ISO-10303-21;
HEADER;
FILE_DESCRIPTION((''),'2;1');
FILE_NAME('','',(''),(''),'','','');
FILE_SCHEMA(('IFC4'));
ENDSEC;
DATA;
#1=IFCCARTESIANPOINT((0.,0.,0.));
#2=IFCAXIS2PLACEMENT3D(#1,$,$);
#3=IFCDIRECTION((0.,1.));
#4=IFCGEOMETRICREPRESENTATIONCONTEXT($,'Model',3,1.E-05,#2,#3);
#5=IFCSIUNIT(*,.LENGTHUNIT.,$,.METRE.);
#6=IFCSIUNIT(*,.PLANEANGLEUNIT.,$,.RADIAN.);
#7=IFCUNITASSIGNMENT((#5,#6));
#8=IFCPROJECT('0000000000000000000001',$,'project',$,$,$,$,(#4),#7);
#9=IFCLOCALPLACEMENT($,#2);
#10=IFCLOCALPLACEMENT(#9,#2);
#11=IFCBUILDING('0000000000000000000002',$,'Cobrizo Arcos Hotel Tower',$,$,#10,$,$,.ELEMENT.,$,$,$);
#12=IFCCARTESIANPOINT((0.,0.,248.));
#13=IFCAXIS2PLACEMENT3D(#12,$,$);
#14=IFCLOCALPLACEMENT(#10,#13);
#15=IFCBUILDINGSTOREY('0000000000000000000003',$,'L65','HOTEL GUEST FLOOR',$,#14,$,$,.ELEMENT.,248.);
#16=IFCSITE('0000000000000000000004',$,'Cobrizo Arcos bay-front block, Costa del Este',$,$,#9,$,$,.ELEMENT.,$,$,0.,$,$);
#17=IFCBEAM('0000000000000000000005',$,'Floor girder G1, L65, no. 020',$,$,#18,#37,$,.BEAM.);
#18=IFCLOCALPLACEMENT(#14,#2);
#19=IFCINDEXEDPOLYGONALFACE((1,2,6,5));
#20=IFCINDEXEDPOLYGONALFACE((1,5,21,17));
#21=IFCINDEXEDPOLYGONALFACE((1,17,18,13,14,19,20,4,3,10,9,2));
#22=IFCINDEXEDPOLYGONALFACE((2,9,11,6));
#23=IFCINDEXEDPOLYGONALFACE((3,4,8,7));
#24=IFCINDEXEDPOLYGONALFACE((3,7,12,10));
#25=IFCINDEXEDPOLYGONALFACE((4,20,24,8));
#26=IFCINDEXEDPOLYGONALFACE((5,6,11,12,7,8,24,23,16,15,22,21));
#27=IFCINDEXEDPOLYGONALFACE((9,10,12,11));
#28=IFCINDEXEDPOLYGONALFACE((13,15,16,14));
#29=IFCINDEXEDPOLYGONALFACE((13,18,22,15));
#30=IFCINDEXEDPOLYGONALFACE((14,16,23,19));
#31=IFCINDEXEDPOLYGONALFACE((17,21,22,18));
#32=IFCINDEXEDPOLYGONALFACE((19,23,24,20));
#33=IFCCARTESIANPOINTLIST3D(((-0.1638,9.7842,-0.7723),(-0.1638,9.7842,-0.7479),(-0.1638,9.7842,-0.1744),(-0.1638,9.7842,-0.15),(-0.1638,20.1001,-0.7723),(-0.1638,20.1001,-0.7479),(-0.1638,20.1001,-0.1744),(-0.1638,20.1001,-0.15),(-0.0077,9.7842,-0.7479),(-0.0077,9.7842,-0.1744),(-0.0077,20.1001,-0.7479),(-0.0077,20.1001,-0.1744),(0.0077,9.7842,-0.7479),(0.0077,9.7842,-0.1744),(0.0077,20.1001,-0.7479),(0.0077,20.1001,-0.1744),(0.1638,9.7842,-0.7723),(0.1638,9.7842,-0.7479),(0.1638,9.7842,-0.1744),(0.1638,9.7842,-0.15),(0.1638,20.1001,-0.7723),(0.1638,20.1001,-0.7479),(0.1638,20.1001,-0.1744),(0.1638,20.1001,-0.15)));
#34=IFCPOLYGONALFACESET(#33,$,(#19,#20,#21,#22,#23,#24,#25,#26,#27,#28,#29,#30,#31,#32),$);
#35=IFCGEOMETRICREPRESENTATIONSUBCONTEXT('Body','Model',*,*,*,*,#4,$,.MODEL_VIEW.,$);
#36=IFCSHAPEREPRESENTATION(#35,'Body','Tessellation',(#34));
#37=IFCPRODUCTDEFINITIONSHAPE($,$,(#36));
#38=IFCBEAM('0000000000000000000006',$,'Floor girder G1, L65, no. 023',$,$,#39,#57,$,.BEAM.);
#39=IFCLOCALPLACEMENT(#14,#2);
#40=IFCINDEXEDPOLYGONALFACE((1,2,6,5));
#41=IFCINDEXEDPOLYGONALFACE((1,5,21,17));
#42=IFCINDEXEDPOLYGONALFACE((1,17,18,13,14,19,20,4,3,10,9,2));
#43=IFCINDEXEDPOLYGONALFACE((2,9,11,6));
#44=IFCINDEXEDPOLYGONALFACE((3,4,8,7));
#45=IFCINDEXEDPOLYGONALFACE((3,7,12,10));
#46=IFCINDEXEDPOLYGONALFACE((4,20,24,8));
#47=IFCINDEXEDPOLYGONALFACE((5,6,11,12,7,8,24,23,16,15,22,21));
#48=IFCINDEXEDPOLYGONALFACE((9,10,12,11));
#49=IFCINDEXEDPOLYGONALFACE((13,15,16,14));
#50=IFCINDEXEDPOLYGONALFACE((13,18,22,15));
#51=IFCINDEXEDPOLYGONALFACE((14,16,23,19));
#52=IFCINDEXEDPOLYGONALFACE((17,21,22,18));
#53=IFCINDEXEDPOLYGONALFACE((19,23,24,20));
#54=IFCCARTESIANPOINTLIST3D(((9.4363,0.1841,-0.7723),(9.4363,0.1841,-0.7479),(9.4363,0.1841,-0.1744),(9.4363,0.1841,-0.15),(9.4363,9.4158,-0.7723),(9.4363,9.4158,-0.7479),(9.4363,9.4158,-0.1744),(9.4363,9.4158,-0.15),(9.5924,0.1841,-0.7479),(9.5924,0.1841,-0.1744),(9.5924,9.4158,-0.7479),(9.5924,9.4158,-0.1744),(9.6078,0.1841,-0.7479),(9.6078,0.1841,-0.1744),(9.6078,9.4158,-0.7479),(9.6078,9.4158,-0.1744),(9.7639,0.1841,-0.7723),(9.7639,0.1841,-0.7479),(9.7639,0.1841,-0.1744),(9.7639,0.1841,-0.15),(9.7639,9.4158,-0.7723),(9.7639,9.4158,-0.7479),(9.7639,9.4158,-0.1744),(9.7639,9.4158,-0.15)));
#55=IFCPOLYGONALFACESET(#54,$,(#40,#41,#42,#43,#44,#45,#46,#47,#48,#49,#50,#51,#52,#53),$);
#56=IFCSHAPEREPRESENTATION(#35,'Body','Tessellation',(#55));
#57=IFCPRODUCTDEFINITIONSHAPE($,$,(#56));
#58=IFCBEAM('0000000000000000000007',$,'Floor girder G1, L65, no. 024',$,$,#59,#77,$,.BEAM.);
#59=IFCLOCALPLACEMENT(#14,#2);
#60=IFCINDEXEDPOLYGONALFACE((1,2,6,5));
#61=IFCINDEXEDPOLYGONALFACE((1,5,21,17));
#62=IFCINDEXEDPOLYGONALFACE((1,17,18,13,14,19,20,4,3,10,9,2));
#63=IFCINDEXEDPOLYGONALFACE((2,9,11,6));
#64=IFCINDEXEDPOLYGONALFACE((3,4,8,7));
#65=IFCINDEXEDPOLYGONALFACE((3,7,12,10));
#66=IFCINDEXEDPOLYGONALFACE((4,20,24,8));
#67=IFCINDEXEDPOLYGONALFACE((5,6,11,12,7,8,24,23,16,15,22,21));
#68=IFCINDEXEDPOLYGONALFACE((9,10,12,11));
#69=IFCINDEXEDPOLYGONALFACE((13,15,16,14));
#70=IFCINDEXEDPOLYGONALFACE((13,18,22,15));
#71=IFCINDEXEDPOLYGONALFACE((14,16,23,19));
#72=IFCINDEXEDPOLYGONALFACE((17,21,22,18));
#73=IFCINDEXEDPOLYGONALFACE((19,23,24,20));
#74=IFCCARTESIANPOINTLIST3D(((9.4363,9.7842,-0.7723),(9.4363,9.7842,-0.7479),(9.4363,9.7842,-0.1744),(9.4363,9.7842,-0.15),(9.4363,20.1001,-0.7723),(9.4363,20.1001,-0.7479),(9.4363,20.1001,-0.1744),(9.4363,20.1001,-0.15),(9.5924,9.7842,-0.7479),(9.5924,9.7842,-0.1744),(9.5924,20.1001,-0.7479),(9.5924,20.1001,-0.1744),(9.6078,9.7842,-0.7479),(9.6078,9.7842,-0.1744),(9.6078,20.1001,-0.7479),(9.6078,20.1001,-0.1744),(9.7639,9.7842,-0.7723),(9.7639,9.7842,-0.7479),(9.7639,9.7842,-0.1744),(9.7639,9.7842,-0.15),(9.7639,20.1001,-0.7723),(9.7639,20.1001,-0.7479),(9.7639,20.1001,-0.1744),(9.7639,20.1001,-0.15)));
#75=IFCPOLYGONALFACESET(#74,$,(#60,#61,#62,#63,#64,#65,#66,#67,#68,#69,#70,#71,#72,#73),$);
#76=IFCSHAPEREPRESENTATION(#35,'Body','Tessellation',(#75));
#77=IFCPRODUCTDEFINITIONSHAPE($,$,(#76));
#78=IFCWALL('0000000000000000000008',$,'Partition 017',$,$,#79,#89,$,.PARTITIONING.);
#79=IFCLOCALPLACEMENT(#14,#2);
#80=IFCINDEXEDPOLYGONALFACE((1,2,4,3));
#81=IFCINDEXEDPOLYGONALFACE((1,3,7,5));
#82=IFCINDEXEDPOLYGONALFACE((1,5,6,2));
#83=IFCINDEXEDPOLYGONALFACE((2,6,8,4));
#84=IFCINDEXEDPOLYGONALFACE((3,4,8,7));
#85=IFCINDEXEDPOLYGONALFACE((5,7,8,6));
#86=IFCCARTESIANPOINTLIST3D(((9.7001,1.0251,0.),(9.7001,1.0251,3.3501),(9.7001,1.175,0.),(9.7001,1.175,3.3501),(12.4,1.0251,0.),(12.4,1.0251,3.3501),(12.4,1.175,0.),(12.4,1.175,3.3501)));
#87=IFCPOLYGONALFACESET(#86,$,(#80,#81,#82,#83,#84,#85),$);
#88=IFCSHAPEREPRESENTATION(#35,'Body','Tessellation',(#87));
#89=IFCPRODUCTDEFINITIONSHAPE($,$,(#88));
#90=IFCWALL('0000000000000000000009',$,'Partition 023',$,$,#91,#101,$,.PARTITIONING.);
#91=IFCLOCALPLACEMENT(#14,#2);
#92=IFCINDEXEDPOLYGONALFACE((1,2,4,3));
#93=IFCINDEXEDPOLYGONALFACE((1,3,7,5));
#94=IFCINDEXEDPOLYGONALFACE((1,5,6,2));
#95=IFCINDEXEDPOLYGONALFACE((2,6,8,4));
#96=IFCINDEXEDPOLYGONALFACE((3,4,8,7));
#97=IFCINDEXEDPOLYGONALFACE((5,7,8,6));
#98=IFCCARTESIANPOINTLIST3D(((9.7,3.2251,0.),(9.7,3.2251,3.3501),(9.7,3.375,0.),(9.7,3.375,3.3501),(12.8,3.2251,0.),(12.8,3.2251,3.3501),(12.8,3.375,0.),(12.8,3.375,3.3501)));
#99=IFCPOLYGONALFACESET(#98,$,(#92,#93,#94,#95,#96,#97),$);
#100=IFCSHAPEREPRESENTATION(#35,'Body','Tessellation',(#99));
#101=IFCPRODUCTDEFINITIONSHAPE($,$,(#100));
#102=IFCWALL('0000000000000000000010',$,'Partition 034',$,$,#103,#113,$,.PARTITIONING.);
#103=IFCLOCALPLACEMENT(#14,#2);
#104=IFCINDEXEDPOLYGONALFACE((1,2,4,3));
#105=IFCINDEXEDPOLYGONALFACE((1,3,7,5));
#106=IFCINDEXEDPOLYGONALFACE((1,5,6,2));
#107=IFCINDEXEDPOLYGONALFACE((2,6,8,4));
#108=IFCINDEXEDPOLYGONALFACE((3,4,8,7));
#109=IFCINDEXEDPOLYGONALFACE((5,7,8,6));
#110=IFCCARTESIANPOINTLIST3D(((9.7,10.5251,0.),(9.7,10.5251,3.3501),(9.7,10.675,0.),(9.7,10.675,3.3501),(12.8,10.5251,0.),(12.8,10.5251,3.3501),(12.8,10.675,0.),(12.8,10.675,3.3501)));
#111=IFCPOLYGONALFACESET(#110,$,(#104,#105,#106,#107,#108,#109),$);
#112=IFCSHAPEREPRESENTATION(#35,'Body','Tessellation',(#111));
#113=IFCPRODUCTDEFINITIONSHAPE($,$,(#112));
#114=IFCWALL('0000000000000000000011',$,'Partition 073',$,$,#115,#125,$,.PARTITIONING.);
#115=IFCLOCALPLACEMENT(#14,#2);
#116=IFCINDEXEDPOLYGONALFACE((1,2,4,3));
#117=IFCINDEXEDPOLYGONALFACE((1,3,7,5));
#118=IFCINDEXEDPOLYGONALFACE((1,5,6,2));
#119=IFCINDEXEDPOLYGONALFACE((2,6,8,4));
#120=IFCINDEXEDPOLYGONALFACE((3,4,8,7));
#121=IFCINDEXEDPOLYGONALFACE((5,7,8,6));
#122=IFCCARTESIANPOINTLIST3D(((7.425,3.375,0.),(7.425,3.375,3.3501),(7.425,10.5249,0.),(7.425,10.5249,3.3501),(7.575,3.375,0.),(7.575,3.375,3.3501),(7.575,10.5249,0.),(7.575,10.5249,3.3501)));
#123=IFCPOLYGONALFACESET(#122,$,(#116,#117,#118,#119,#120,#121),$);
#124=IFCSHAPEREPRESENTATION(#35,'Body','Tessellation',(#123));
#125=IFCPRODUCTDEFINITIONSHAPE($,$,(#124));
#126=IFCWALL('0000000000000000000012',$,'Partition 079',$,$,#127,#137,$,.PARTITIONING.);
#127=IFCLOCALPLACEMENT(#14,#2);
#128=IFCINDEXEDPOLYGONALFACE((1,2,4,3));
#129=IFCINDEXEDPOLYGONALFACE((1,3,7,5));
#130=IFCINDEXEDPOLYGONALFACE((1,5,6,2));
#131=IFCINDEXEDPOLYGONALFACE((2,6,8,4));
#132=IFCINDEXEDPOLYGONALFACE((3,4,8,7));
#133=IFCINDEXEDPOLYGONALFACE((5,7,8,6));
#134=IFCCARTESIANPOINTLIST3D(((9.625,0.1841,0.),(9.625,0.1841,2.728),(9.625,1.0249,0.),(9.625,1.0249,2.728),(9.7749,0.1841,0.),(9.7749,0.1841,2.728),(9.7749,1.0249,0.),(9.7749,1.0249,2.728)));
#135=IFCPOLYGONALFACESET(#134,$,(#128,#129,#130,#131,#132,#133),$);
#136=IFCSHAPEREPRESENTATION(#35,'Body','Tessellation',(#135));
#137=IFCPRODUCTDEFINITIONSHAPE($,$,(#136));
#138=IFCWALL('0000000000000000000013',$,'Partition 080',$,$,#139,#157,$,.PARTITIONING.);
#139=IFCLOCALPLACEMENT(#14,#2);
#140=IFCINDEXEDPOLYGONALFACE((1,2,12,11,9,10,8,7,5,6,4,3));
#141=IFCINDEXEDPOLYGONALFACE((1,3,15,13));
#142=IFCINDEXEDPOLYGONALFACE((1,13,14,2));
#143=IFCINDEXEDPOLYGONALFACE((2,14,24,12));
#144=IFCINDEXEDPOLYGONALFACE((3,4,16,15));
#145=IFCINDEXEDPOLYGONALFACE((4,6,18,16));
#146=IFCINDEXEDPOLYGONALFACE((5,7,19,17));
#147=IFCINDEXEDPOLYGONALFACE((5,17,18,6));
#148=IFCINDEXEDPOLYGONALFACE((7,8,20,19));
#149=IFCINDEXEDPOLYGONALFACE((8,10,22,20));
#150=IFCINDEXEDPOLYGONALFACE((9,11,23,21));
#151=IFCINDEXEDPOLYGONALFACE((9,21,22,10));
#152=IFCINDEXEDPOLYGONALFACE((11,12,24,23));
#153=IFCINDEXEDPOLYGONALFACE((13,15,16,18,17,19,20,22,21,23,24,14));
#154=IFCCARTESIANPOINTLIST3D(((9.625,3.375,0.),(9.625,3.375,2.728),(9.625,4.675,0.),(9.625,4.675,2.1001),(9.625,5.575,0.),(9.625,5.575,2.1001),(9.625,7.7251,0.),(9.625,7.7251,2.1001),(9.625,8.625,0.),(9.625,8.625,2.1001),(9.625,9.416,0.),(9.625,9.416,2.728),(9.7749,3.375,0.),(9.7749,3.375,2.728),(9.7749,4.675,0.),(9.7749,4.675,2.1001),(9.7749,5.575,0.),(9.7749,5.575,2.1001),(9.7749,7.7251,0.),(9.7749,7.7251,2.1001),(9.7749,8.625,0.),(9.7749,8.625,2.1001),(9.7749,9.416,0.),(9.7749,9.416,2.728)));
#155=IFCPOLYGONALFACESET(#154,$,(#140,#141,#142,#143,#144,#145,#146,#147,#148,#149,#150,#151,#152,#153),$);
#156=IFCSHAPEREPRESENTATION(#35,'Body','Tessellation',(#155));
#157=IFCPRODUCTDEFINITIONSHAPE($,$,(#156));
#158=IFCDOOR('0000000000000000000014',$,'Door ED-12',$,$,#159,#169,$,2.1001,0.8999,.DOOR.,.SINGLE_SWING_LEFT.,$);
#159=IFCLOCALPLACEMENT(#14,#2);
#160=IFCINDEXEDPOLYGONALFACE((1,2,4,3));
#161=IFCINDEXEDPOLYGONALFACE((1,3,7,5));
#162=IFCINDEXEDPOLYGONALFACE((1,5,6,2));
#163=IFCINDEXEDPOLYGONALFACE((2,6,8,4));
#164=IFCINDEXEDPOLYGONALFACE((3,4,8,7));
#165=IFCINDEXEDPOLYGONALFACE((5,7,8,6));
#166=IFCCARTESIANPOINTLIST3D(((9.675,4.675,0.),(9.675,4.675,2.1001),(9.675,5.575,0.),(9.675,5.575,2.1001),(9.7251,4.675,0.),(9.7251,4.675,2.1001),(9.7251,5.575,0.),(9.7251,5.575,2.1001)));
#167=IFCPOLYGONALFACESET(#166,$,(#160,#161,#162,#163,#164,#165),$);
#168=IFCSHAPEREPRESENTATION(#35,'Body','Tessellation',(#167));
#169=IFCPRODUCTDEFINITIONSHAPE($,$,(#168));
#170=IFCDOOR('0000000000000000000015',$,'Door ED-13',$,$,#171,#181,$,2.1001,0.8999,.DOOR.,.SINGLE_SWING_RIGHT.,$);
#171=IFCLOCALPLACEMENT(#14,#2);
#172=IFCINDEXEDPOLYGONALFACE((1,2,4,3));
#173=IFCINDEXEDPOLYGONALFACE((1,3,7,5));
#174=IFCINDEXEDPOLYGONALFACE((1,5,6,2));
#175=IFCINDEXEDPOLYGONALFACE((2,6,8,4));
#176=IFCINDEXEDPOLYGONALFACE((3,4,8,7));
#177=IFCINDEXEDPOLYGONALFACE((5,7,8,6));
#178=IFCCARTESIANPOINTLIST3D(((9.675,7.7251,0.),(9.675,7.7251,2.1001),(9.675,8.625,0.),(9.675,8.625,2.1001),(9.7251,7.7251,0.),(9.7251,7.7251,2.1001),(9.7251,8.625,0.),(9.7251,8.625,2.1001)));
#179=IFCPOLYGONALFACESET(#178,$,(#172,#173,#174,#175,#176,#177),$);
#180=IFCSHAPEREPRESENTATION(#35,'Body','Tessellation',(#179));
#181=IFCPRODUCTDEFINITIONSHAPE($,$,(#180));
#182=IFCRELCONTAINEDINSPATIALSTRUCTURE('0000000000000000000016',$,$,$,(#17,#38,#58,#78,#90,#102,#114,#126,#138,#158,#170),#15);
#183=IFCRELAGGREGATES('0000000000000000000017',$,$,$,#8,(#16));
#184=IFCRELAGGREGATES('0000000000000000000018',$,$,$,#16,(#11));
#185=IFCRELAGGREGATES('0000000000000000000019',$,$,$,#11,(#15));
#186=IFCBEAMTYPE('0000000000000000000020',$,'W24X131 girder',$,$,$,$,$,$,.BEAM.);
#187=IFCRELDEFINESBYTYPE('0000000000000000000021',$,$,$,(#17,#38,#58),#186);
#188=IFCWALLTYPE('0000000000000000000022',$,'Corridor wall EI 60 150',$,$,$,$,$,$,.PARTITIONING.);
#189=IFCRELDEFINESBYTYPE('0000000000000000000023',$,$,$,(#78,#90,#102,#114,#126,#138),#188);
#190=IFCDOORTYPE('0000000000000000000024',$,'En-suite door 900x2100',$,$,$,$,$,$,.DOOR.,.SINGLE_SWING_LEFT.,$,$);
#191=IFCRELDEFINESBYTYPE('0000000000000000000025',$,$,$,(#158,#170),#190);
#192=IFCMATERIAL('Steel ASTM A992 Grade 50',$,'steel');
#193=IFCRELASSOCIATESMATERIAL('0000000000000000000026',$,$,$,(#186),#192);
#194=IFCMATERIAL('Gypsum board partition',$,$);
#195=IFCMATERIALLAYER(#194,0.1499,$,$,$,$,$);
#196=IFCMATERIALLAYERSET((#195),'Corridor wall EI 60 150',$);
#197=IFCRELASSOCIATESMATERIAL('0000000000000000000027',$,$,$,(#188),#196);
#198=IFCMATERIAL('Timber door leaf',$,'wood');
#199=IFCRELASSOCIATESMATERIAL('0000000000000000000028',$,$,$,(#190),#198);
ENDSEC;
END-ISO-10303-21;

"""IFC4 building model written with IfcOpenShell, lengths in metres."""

from ifc_helpers import new_model, si_unit, direction, frame, frame_2d, origin, origin_2d, place, context, subcontext, project, spatial, rectangle, i_section, extrude, material, layer, layer_set, material_profile, profile_set, type_object, element, fill, save


model = new_model("IFC4")

# Units and contexts
model_context = context("Model", 3, precision=1e-05, world=origin(), true_north=direction((0.0, 1.0)))
body_context = subcontext(model_context, "Body", "Model", "MODEL_VIEW")
ifc_project = project(units=[si_unit("LENGTHUNIT", "METRE"), si_unit("PLANEANGLEUNIT", "RADIAN")], contexts=[model_context])

# Site, building, storey
site_placement = place(None, origin())
site = spatial("IfcSite", under=ifc_project, at=site_placement, Name="Cobrizo Arcos bay-front block, Costa del Este", CompositionType="ELEMENT", RefElevation=0.0)
building_placement = place(site_placement, origin())
building = spatial("IfcBuilding", under=site, at=building_placement, Name="Cobrizo Arcos Hotel Tower", CompositionType="ELEMENT")
storey_placement = place(building_placement, frame((0.0, 0.0, 248.0)))
storey = spatial("IfcBuildingStorey", under=building, at=storey_placement, Name="L65", Description="HOTEL GUEST FLOOR", CompositionType="ELEMENT", Elevation=248.0)

# Shared definitions
ifc_material_1 = material(Name="Steel ASTM A992 Grade 50", Category="steel")

# Beams
ifc_material_profile_1 = material_profile(ifc_material_1, i_section(OverallWidth=0.3276, OverallDepth=0.6223, WebThickness=0.0154, FlangeThickness=0.0244, at=origin_2d()), Name="W24X131")
ifc_profile_set_1 = profile_set([ifc_material_profile_1], Name="Steel ASTM A992 Grade 50")
beam_type_1 = type_object("IfcBeamType", Name="W24X131 girder", PredefinedType="BEAM", material=ifc_profile_set_1)
beam_1_placement = place(storey_placement, frame((0.0, 9.7842, -0.4612), z_axis=(0.0, 1.0, 0.0), x_axis=(-1.0, 0.0, 0.0)))
element("IfcBeam", 1, at=beam_1_placement, inside=storey, type_object=beam_type_1, Name="Floor girder G1, L65, no. 020", PredefinedType="BEAM", context=body_context, shape_type="SweptSolid", body=[
    extrude(i_section(OverallWidth=0.3276, OverallDepth=0.6223, WebThickness=0.0154, FlangeThickness=0.0244, at=origin_2d()), origin(), (0.0, 0.0, 1.0), 10.3159),
])
beam_2_placement = place(storey_placement, frame((9.6001, 0.1841, -0.4612), z_axis=(0.0, 1.0, 0.0), x_axis=(-1.0, 0.0, 0.0)))
element("IfcBeam", 2, at=beam_2_placement, inside=storey, type_object=beam_type_1, Name="Floor girder G1, L65, no. 023", PredefinedType="BEAM", context=body_context, shape_type="SweptSolid", body=[
    extrude(i_section(OverallWidth=0.3276, OverallDepth=0.6223, WebThickness=0.0154, FlangeThickness=0.0244, at=origin_2d()), origin(), (0.0, 0.0, 1.0), 9.2317),
])
beam_3_placement = place(storey_placement, frame((9.6001, 9.7842, -0.4612), z_axis=(0.0, 1.0, 0.0), x_axis=(-1.0, 0.0, 0.0)))
element("IfcBeam", 3, at=beam_3_placement, inside=storey, type_object=beam_type_1, Name="Floor girder G1, L65, no. 024", PredefinedType="BEAM", context=body_context, shape_type="SweptSolid", body=[
    extrude(i_section(OverallWidth=0.3276, OverallDepth=0.6223, WebThickness=0.0154, FlangeThickness=0.0244, at=origin_2d()), origin(), (0.0, 0.0, 1.0), 10.3159),
])

# Walls
ifc_material_2 = material(Name="Gypsum board partition")
ifc_layer_1 = layer(ifc_material_2, 0.1499)
ifc_layer_set_1 = layer_set([ifc_layer_1], Name="Corridor wall EI 60 150")
wall_type_1 = type_object("IfcWallType", Name="Corridor wall EI 60 150", PredefinedType="PARTITIONING", material=ifc_layer_set_1)
wall_1_placement = place(storey_placement, frame((9.7, 1.1001, 0.0), z_axis=(0.0, 0.0, 1.0), x_axis=(1.0, 0.0, 0.0)))
element("IfcWall", 4, at=wall_1_placement, inside=storey, type_object=wall_type_1, Name="Partition 017", PredefinedType="PARTITIONING", context=body_context, shape_type="SweptSolid", body=[
    extrude(rectangle(XDim=2.7, YDim=0.1499, at=frame_2d((1.3501, 0.0))), origin(), (0.0, 0.0, 1.0), 3.3501),
])
for number, where, z_axis, x_axis, name in (
    (5, (9.7, 3.3, 0.0), (0.0, 0.0, 1.0), (1.0, 0.0, 0.0), "Partition 023"),
    (6, (9.7, 10.6001, 0.0), (0.0, 0.0, 1.0), (1.0, 0.0, 0.0), "Partition 034"),
):
    element("IfcWall", number, at=place(storey_placement, frame(where, z_axis=z_axis, x_axis=x_axis)), inside=storey, type_object=wall_type_1, Name=name, PredefinedType="PARTITIONING", context=body_context, shape_type="SweptSolid", body=[
        extrude(rectangle(XDim=3.1001, YDim=0.1499, at=frame_2d((1.55, 0.0))), origin(), (0.0, 0.0, 1.0), 3.3501),
    ])
wall_2_placement = place(storey_placement, frame((7.5, 3.375, 0.0), z_axis=(0.0, 0.0, 1.0), x_axis=(0.0, 1.0, 0.0)))
element("IfcWall", 7, at=wall_2_placement, inside=storey, type_object=wall_type_1, Name="Partition 073", PredefinedType="PARTITIONING", context=body_context, shape_type="SweptSolid", body=[
    extrude(rectangle(XDim=7.1499, YDim=0.1499, at=frame_2d((3.575, 0.0))), origin(), (0.0, 0.0, 1.0), 3.3501),
])
wall_3_placement = place(storey_placement, frame((9.7, 0.1841, 0.0), z_axis=(0.0, 0.0, 1.0), x_axis=(0.0, 1.0, 0.0)))
element("IfcWall", 8, at=wall_3_placement, inside=storey, type_object=wall_type_1, Name="Partition 079", PredefinedType="PARTITIONING", context=body_context, shape_type="SweptSolid", body=[
    extrude(rectangle(XDim=0.8408, YDim=0.1499, at=frame_2d((0.4204, 0.0))), origin(), (0.0, 0.0, 1.0), 2.728),
])

# Wall, openings, doors
wall_4_placement = place(storey_placement, frame((9.7, 3.375, 0.0), z_axis=(0.0, 0.0, 1.0), x_axis=(0.0, 1.0, 0.0)))
wall_4 = element("IfcWall", 9, at=wall_4_placement, inside=storey, type_object=wall_type_1, Name="Partition 080", PredefinedType="PARTITIONING", context=body_context, shape_type="SweptSolid", body=[
    extrude(rectangle(XDim=6.041, YDim=0.1499, at=frame_2d((3.0205, 0.0))), origin(), (0.0, 0.0, 1.0), 2.728),
])
opening_1_placement = place(wall_4_placement, frame((1.3, 0.0, 0.0)))
opening_1 = element("IfcOpeningElement", 10, at=opening_1_placement, cuts=wall_4, PredefinedType="OPENING", context=body_context, shape_type="SweptSolid", body=[
    extrude(rectangle(XDim=0.8999, YDim=2.1001, at=frame_2d((0.45, 1.05))), frame((0.0, 0.0869, 0.0), z_axis=(0.0, -1.0, 0.0), x_axis=(1.0, 0.0, 0.0)), (0.0, 0.0, 1.0), 0.1738),
])
opening_2_placement = place(wall_4_placement, frame((4.3501, 0.0, 0.0)))
opening_2 = element("IfcOpeningElement", 11, at=opening_2_placement, cuts=wall_4, PredefinedType="OPENING", context=body_context, shape_type="SweptSolid", body=[
    extrude(rectangle(XDim=0.8999, YDim=2.1001, at=frame_2d((0.45, 1.05))), frame((0.0, 0.0869, 0.0), z_axis=(0.0, -1.0, 0.0), x_axis=(1.0, 0.0, 0.0)), (0.0, 0.0, 1.0), 0.1738),
])
ifc_material_3 = material(Name="Timber door leaf", Category="wood")
door_type_1 = type_object("IfcDoorType", Name="En-suite door 900x2100", OperationType="SINGLE_SWING_LEFT", PredefinedType="DOOR", material=ifc_material_3)
door_1_placement = place(opening_1_placement, origin())
door_1 = element("IfcDoor", 12, at=door_1_placement, inside=storey, type_object=door_type_1, Name="Door ED-12", OperationType="SINGLE_SWING_LEFT", OverallHeight=2.1001, OverallWidth=0.8999, PredefinedType="DOOR", context=body_context, shape_type="SweptSolid", body=[
    extrude(rectangle(XDim=0.8999, YDim=2.1001, at=frame_2d((0.45, 1.05))), frame((0.0, 0.0249, 0.0), z_axis=(0.0, -1.0, 0.0), x_axis=(1.0, 0.0, 0.0)), (0.0, 0.0, 1.0), 0.05),
])
fill(opening_1, door_1)
door_2_placement = place(opening_2_placement, origin())
door_2 = element("IfcDoor", 13, at=door_2_placement, inside=storey, type_object=door_type_1, Name="Door ED-13", OperationType="SINGLE_SWING_RIGHT", OverallHeight=2.1001, OverallWidth=0.8999, PredefinedType="DOOR", context=body_context, shape_type="SweptSolid", body=[
    extrude(rectangle(XDim=0.8999, YDim=2.1001, at=frame_2d((0.45, 1.05))), frame((0.0, 0.0249, 0.0), z_axis=(0.0, -1.0, 0.0), x_axis=(1.0, 0.0, 0.0)), (0.0, 0.0, 1.0), 0.05),
])
fill(opening_2, door_2)

save(model, "model.ifc")
